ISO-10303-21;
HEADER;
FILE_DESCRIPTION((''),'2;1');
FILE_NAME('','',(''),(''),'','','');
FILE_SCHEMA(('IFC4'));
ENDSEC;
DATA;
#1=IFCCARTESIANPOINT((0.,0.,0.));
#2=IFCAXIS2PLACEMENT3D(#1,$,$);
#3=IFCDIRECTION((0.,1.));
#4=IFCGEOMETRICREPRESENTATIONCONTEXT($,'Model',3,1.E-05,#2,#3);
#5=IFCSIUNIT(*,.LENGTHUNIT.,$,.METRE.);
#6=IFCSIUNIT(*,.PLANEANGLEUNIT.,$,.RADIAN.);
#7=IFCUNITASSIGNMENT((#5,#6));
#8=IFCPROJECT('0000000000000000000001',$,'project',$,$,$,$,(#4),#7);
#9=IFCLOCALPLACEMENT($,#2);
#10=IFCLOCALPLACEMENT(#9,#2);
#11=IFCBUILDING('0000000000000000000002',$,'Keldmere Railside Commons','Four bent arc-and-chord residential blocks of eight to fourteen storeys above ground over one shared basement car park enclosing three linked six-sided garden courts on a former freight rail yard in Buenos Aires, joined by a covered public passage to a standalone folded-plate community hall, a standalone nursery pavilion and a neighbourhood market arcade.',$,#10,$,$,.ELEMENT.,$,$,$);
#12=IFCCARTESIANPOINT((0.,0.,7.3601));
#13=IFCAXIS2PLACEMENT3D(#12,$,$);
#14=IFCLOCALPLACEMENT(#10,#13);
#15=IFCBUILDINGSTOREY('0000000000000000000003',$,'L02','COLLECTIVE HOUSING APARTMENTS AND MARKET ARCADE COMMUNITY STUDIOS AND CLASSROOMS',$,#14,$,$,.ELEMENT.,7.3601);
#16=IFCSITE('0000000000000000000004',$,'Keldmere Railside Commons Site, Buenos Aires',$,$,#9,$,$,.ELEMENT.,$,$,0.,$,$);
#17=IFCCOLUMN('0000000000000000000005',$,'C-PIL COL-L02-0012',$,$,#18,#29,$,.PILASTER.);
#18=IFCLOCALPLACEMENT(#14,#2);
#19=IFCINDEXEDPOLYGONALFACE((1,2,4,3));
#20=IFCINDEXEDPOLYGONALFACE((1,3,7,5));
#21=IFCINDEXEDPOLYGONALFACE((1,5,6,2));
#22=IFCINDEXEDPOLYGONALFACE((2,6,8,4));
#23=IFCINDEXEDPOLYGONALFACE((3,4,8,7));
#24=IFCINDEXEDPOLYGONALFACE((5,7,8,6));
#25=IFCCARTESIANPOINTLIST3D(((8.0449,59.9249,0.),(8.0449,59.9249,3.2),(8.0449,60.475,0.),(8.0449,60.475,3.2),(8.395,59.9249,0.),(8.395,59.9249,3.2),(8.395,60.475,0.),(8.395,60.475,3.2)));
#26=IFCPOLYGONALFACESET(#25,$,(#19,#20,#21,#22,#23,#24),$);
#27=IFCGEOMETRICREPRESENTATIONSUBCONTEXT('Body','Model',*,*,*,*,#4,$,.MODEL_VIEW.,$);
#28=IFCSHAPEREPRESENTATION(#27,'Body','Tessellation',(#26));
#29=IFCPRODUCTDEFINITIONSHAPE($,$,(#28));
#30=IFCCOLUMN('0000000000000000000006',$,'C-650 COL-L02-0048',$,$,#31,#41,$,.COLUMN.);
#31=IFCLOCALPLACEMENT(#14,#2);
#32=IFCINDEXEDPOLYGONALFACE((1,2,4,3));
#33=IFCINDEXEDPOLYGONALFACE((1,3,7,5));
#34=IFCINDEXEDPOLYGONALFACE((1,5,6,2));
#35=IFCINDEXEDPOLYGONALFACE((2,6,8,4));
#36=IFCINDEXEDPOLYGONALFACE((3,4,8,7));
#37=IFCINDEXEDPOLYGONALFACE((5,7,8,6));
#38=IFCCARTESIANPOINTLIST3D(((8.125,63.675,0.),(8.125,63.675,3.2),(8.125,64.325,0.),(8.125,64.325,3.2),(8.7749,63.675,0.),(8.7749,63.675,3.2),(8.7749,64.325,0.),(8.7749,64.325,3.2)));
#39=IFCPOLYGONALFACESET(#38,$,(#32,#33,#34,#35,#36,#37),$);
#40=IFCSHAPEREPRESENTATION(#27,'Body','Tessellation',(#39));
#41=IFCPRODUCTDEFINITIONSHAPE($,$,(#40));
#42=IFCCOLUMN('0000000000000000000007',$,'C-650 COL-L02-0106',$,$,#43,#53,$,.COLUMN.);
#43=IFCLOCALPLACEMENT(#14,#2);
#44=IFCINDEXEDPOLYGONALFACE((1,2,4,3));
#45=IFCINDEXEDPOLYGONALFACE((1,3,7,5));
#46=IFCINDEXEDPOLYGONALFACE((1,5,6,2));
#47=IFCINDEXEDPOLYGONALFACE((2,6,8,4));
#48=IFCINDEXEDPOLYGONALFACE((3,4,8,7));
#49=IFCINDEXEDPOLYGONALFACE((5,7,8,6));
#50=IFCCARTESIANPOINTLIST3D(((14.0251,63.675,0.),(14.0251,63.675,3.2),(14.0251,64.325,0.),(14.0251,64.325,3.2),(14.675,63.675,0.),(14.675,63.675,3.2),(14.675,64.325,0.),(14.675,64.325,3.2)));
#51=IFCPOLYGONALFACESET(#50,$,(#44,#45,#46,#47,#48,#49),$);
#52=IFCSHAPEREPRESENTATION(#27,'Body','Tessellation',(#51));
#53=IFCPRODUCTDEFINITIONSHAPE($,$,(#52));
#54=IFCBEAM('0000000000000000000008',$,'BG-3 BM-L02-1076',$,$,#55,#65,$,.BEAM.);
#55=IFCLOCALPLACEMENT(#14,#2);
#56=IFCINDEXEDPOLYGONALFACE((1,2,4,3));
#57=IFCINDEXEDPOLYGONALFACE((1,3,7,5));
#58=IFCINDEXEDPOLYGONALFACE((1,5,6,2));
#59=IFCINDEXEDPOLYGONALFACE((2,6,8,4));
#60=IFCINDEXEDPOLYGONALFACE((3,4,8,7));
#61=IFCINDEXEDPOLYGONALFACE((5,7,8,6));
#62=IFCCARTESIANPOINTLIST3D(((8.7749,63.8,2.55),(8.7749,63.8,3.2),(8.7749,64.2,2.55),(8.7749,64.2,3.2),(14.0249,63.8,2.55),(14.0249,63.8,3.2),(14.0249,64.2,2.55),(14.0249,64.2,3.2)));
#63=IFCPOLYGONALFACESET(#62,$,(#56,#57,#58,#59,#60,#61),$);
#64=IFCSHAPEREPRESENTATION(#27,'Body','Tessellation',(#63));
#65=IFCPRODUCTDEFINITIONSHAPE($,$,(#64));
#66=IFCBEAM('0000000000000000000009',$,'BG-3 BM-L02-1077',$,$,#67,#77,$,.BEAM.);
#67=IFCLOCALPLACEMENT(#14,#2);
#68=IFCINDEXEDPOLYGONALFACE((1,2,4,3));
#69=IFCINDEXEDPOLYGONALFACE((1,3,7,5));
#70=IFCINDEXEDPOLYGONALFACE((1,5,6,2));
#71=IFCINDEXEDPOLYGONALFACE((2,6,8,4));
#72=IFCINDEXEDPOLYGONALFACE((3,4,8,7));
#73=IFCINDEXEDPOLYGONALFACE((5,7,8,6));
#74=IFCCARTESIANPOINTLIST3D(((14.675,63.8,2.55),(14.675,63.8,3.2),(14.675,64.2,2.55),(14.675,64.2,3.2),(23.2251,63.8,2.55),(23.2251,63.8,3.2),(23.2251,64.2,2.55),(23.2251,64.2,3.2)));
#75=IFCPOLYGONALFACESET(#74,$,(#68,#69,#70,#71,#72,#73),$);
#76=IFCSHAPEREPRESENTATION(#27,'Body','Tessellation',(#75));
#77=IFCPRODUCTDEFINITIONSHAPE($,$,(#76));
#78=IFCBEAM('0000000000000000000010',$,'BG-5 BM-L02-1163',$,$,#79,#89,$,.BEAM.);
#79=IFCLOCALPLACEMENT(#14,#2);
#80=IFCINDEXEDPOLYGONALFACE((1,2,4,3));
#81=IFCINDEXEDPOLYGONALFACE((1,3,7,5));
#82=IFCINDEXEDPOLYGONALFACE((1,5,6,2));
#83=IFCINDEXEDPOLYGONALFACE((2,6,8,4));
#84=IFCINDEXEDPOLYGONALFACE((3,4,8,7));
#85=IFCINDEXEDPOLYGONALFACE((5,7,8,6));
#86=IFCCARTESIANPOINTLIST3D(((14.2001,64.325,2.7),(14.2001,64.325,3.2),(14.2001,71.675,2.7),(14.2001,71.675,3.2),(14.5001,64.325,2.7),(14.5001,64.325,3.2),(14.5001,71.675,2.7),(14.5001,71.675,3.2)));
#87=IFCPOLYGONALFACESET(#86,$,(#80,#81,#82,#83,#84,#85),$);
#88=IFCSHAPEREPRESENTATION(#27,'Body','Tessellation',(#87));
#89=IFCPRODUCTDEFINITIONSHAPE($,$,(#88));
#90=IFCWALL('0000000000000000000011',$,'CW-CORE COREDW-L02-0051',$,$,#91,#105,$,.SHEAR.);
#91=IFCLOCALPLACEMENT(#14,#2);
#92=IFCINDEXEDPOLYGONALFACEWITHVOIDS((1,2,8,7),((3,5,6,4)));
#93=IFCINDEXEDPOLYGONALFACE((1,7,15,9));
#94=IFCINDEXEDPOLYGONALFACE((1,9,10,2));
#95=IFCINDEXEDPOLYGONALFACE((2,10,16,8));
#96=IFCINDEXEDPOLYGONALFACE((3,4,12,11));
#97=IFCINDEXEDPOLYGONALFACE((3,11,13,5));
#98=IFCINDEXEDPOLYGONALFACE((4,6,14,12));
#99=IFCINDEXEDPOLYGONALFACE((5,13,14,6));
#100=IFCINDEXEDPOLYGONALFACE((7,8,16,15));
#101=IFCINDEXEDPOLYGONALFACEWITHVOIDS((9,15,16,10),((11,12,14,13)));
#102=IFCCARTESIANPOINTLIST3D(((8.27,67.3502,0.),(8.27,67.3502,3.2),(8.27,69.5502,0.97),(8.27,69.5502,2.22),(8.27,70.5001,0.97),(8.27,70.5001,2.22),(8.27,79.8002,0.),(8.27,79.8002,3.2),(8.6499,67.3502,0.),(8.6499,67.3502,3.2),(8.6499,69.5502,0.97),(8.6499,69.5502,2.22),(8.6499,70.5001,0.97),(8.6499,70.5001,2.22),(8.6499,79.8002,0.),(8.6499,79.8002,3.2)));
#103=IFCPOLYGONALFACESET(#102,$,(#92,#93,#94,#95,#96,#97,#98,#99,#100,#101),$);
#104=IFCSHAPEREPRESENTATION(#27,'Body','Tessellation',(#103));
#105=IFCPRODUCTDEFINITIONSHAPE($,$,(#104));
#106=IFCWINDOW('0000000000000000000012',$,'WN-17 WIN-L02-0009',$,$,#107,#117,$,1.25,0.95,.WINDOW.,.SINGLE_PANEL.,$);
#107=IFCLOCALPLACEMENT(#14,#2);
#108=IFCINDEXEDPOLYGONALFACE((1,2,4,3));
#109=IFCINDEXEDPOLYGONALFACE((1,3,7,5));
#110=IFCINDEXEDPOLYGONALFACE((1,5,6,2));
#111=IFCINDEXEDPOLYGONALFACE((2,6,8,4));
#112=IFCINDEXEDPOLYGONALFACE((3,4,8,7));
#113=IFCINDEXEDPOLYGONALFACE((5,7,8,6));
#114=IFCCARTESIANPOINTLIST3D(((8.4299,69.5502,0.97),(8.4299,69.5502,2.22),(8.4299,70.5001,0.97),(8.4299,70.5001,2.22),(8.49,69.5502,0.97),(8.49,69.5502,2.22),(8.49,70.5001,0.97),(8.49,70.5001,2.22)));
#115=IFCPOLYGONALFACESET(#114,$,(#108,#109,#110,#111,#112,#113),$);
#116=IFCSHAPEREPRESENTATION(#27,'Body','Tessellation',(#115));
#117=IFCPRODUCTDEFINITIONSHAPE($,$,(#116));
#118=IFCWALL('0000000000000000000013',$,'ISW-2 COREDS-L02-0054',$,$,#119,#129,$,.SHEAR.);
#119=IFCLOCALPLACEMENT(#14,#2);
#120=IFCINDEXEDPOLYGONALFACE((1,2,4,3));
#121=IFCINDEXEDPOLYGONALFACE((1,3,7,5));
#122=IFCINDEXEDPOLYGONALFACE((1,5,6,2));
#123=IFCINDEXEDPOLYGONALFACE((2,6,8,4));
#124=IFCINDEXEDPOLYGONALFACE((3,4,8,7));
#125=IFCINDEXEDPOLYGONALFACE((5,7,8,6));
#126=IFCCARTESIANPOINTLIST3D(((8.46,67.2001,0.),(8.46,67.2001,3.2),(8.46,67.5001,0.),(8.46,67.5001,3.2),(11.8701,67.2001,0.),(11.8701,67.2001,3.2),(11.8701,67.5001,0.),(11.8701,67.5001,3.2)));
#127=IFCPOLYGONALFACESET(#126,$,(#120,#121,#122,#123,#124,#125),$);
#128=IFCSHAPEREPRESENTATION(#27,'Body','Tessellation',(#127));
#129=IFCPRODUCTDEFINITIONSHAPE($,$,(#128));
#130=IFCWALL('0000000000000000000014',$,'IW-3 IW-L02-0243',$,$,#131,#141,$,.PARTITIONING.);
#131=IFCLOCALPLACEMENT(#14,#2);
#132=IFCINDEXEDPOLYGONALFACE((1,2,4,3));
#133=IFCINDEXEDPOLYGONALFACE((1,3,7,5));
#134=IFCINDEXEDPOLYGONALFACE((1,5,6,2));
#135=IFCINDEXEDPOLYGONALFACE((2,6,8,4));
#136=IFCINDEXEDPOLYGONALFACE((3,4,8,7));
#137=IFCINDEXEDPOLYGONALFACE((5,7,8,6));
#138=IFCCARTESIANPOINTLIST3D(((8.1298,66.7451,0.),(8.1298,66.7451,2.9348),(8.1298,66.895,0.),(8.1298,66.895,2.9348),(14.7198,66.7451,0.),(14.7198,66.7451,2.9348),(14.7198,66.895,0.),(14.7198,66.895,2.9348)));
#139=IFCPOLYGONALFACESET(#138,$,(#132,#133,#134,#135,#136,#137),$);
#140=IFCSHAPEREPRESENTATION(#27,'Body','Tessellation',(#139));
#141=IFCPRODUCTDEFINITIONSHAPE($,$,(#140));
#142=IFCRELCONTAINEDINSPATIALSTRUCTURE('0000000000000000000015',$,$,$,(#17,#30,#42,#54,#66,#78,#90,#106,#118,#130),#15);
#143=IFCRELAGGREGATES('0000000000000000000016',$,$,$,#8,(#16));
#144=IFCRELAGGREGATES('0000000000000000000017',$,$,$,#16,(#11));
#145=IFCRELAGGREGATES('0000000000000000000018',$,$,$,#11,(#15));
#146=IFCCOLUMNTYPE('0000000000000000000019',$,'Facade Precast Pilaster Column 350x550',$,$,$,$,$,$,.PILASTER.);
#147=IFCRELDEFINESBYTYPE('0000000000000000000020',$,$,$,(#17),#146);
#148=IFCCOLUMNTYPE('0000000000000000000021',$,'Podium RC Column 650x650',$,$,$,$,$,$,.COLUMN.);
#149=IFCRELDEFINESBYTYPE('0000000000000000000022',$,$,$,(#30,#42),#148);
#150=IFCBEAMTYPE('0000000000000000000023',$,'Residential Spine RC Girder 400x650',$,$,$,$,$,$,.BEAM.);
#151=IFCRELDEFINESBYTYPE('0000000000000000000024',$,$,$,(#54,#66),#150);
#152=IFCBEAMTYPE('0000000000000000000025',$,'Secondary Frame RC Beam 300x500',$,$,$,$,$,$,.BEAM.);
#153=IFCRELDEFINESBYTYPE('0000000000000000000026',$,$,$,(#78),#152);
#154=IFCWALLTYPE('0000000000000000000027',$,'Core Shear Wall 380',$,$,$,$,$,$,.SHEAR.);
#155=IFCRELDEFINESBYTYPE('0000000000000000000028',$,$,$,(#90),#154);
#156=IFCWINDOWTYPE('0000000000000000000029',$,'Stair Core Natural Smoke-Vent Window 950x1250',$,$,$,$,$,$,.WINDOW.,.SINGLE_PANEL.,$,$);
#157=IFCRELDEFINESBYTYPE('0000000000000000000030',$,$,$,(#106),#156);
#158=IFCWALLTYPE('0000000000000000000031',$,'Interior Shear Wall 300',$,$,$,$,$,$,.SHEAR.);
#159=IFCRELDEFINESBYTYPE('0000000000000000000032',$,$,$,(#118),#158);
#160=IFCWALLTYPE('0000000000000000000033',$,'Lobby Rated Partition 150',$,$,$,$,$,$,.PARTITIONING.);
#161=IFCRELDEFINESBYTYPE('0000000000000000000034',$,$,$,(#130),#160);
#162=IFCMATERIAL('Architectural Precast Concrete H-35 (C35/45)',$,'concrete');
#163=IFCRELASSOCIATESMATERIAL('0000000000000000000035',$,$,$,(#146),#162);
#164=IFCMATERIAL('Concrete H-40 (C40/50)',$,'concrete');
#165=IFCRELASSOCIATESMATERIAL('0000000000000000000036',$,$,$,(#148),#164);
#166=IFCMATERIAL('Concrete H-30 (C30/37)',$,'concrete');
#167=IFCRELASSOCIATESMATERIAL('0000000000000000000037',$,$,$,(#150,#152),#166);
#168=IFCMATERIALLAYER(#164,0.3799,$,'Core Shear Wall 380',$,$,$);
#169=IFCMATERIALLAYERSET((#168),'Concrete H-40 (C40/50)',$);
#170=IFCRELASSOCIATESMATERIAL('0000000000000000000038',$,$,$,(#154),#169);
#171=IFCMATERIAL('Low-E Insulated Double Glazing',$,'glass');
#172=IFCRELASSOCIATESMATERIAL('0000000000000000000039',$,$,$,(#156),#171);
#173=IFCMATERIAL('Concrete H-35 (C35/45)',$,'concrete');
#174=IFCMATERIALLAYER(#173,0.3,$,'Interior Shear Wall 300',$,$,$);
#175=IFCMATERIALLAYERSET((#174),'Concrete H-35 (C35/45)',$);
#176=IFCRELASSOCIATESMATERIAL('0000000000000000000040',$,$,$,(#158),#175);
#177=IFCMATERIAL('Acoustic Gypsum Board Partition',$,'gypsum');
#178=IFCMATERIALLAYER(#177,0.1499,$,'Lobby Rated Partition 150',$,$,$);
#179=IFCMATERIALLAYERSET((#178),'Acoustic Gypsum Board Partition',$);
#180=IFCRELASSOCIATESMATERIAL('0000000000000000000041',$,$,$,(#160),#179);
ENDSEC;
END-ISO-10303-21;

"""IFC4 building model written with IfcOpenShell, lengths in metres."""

from ifc_helpers import new_model, si_unit, direction, frame, frame_2d, origin, origin_2d, place, context, subcontext, project, spatial, rectangle, extrude, material, layer, layer_set, material_profile, profile_set, type_object, element, fill, save


model = new_model("IFC4")

# Units and contexts
model_context = context("Model", 3, precision=1e-05, world=origin(), true_north=direction((0.0, 1.0)))
body_context = subcontext(model_context, "Body", "Model", "MODEL_VIEW")
ifc_project = project(units=[si_unit("LENGTHUNIT", "METRE"), si_unit("PLANEANGLEUNIT", "RADIAN")], contexts=[model_context])

# Site, building, storey
site_placement = place(None, origin())
site = spatial("IfcSite", under=ifc_project, at=site_placement, Name="Keldmere Railside Commons Site, Buenos Aires", CompositionType="ELEMENT", RefElevation=0.0)
building_placement = place(site_placement, origin())
building = spatial("IfcBuilding", under=site, at=building_placement, Name="Keldmere Railside Commons", Description="Four bent arc-and-chord residential blocks of eight to fourteen storeys above ground over one shared basement car park enclosing three linked six-sided garden courts on a former freight rail yard in Buenos Aires, joined by a covered public passage to a standalone folded-plate community hall, a standalone nursery pavilion and a neighbourhood market arcade.", CompositionType="ELEMENT")
storey_placement = place(building_placement, frame((0.0, 0.0, 7.3601)))
storey = spatial("IfcBuildingStorey", under=building, at=storey_placement, Name="L02", Description="COLLECTIVE HOUSING APARTMENTS AND MARKET ARCADE COMMUNITY STUDIOS AND CLASSROOMS", CompositionType="ELEMENT", Elevation=7.3601)

# Columns
ifc_material_1 = material(Name="Architectural Precast Concrete H-35 (C35/45)", Category="concrete")
ifc_material_profile_1 = material_profile(ifc_material_1, rectangle(XDim=0.3501, YDim=0.55, at=origin_2d()), Name="RC-350x550")
ifc_profile_set_1 = profile_set([ifc_material_profile_1], Name="Architectural Precast Concrete H-35 (C35/45)")
column_type_1 = type_object("IfcColumnType", Name="Facade Precast Pilaster Column 350x550", PredefinedType="PILASTER", material=ifc_profile_set_1)
column_placement = place(storey_placement, frame((8.22, 60.2, 0.0), z_axis=(0.0, 0.0, 1.0), x_axis=(1.0, 0.0, 0.0)))
element("IfcColumn", 1, at=column_placement, inside=storey, type_object=column_type_1, Name="C-PIL COL-L02-0012", PredefinedType="PILASTER", context=body_context, shape_type="SweptSolid", body=[
    extrude(rectangle(XDim=0.3501, YDim=0.55, at=origin_2d()), origin(), (0.0, 0.0, 1.0), 3.2),
])
ifc_material_2 = material(Name="Concrete H-40 (C40/50)", Category="concrete")
ifc_material_profile_2 = material_profile(ifc_material_2, rectangle(XDim=0.6499, YDim=0.6499, at=origin_2d()), Name="RC-650x650")
ifc_profile_set_2 = profile_set([ifc_material_profile_2], Name="Concrete H-40 (C40/50)")
column_type_2 = type_object("IfcColumnType", Name="Podium RC Column 650x650", PredefinedType="COLUMN", material=ifc_profile_set_2)
for number, where, z_axis, x_axis, name in (
    (2, (8.45, 64.0, 0.0), (0.0, 0.0, 1.0), (1.0, 0.0, 0.0), "C-650 COL-L02-0048"),
    (3, (14.3501, 64.0, 0.0), (0.0, 0.0, 1.0), (1.0, 0.0, 0.0), "C-650 COL-L02-0106"),
):
    element("IfcColumn", number, at=place(storey_placement, frame(where, z_axis=z_axis, x_axis=x_axis)), inside=storey, type_object=column_type_2, Name=name, PredefinedType="COLUMN", context=body_context, shape_type="SweptSolid", body=[
        extrude(rectangle(XDim=0.6499, YDim=0.6499, at=origin_2d()), origin(), (0.0, 0.0, 1.0), 3.2),
    ])

# Beams
ifc_material_3 = material(Name="Concrete H-30 (C30/37)", Category="concrete")
ifc_material_profile_3 = material_profile(ifc_material_3, rectangle(XDim=0.3999, YDim=0.6499, at=origin_2d()), Name="RC-400x650")
ifc_profile_set_3 = profile_set([ifc_material_profile_3], Name="Concrete H-30 (C30/37)")
beam_type_1 = type_object("IfcBeamType", Name="Residential Spine RC Girder 400x650", PredefinedType="BEAM", material=ifc_profile_set_3)
beam_1_placement = place(storey_placement, frame((8.7749, 64.0, 2.875), z_axis=(1.0, 0.0, 0.0), x_axis=(0.0, 1.0, 0.0)))
element("IfcBeam", 4, at=beam_1_placement, inside=storey, type_object=beam_type_1, Name="BG-3 BM-L02-1076", PredefinedType="BEAM", context=body_context, shape_type="SweptSolid", body=[
    extrude(rectangle(XDim=0.3999, YDim=0.6499, at=origin_2d()), origin(), (0.0, 0.0, 1.0), 5.25),
])
beam_2_placement = place(storey_placement, frame((14.675, 64.0, 2.875), z_axis=(1.0, 0.0, 0.0), x_axis=(0.0, 1.0, 0.0)))
element("IfcBeam", 5, at=beam_2_placement, inside=storey, type_object=beam_type_1, Name="BG-3 BM-L02-1077", PredefinedType="BEAM", context=body_context, shape_type="SweptSolid", body=[
    extrude(rectangle(XDim=0.3999, YDim=0.6499, at=origin_2d()), origin(), (0.0, 0.0, 1.0), 8.55),
])
ifc_material_profile_4 = material_profile(ifc_material_3, rectangle(XDim=0.3, YDim=0.5, at=origin_2d()), Name="RC-300x500")
ifc_profile_set_4 = profile_set([ifc_material_profile_4], Name="Concrete H-30 (C30/37)")
beam_type_2 = type_object("IfcBeamType", Name="Secondary Frame RC Beam 300x500", PredefinedType="BEAM", material=ifc_profile_set_4)
beam_3_placement = place(storey_placement, frame((14.3501, 64.325, 2.95), z_axis=(0.0, 1.0, 0.0), x_axis=(-1.0, 0.0, 0.0)))
element("IfcBeam", 6, at=beam_3_placement, inside=storey, type_object=beam_type_2, Name="BG-5 BM-L02-1163", PredefinedType="BEAM", context=body_context, shape_type="SweptSolid", body=[
    extrude(rectangle(XDim=0.3, YDim=0.5, at=origin_2d()), origin(), (0.0, 0.0, 1.0), 7.3501),
])

# Wall, opening, window
ifc_layer_1 = layer(ifc_material_2, 0.3799, Name="Core Shear Wall 380")
ifc_layer_set_1 = layer_set([ifc_layer_1], Name="Concrete H-40 (C40/50)")
wall_type_1 = type_object("IfcWallType", Name="Core Shear Wall 380", PredefinedType="SHEAR", material=ifc_layer_set_1)
wall_1_placement = place(storey_placement, frame((8.46, 67.3501, 0.0), z_axis=(0.0, 0.0, 1.0), x_axis=(0.0, 1.0, 0.0)))
wall_1 = element("IfcWall", 7, at=wall_1_placement, inside=storey, type_object=wall_type_1, Name="CW-CORE COREDW-L02-0051", PredefinedType="SHEAR", context=body_context, shape_type="SweptSolid", body=[
    extrude(rectangle(XDim=12.45, YDim=0.3799, at=frame_2d((6.2251, 0.0))), origin(), (0.0, 0.0, 1.0), 3.2),
])
opening_placement = place(wall_1_placement, frame((2.2, 0.0, 0.97)))
opening = element("IfcOpeningElement", 8, at=opening_placement, cuts=wall_1, PredefinedType="OPENING", context=body_context, shape_type="SweptSolid", body=[
    extrude(rectangle(XDim=0.95, YDim=1.25, at=frame_2d((0.4751, 0.625))), frame((0.0, 0.2, 0.0), z_axis=(0.0, -1.0, 0.0), x_axis=(1.0, 0.0, 0.0)), (0.0, 0.0, 1.0), 0.3999),
])
ifc_material_4 = material(Name="Low-E Insulated Double Glazing", Category="glass")
window_type = type_object("IfcWindowType", Name="Stair Core Natural Smoke-Vent Window 950x1250", PartitioningType="SINGLE_PANEL", PredefinedType="WINDOW", material=ifc_material_4)
window_placement = place(opening_placement, origin())
window = element("IfcWindow", 9, at=window_placement, inside=storey, type_object=window_type, Name="WN-17 WIN-L02-0009", OverallHeight=1.25, OverallWidth=0.95, PartitioningType="SINGLE_PANEL", PredefinedType="WINDOW", context=body_context, shape_type="SweptSolid", body=[
    extrude(rectangle(XDim=0.95, YDim=1.25, at=frame_2d((0.4751, 0.625))), frame((0.0, 0.03, 0.0), z_axis=(0.0, -1.0, 0.0), x_axis=(1.0, 0.0, 0.0)), (0.0, 0.0, 1.0), 0.0601),
])
fill(opening, window)

# Walls
ifc_material_5 = material(Name="Concrete H-35 (C35/45)", Category="concrete")
ifc_layer_2 = layer(ifc_material_5, 0.3, Name="Interior Shear Wall 300")
ifc_layer_set_2 = layer_set([ifc_layer_2], Name="Concrete H-35 (C35/45)")
wall_type_2 = type_object("IfcWallType", Name="Interior Shear Wall 300", PredefinedType="SHEAR", material=ifc_layer_set_2)
wall_2_placement = place(storey_placement, frame((11.8701, 67.3501, 0.0), z_axis=(0.0, 0.0, 1.0), x_axis=(-1.0, 0.0, 0.0)))
element("IfcWall", 10, at=wall_2_placement, inside=storey, type_object=wall_type_2, Name="ISW-2 COREDS-L02-0054", PredefinedType="SHEAR", context=body_context, shape_type="SweptSolid", body=[
    extrude(rectangle(XDim=3.4102, YDim=0.3, at=frame_2d((1.7051, 0.0))), origin(), (0.0, 0.0, 1.0), 3.2),
])
ifc_material_6 = material(Name="Acoustic Gypsum Board Partition", Category="gypsum")
ifc_layer_3 = layer(ifc_material_6, 0.1499, Name="Lobby Rated Partition 150")
ifc_layer_set_3 = layer_set([ifc_layer_3], Name="Acoustic Gypsum Board Partition")
wall_type_3 = type_object("IfcWallType", Name="Lobby Rated Partition 150", PredefinedType="PARTITIONING", material=ifc_layer_set_3)
wall_3_placement = place(storey_placement, frame((8.1299, 66.8201, 0.0), z_axis=(0.0, 0.0, 1.0), x_axis=(1.0, 0.0, 0.0)))
element("IfcWall", 11, at=wall_3_placement, inside=storey, type_object=wall_type_3, Name="IW-3 IW-L02-0243", PredefinedType="PARTITIONING", context=body_context, shape_type="SweptSolid", body=[
    extrude(rectangle(XDim=6.5901, YDim=0.1499, at=frame_2d((3.2949, 0.0))), origin(), (0.0, 0.0, 1.0), 2.9348),
])

save(model, "model.ifc")
